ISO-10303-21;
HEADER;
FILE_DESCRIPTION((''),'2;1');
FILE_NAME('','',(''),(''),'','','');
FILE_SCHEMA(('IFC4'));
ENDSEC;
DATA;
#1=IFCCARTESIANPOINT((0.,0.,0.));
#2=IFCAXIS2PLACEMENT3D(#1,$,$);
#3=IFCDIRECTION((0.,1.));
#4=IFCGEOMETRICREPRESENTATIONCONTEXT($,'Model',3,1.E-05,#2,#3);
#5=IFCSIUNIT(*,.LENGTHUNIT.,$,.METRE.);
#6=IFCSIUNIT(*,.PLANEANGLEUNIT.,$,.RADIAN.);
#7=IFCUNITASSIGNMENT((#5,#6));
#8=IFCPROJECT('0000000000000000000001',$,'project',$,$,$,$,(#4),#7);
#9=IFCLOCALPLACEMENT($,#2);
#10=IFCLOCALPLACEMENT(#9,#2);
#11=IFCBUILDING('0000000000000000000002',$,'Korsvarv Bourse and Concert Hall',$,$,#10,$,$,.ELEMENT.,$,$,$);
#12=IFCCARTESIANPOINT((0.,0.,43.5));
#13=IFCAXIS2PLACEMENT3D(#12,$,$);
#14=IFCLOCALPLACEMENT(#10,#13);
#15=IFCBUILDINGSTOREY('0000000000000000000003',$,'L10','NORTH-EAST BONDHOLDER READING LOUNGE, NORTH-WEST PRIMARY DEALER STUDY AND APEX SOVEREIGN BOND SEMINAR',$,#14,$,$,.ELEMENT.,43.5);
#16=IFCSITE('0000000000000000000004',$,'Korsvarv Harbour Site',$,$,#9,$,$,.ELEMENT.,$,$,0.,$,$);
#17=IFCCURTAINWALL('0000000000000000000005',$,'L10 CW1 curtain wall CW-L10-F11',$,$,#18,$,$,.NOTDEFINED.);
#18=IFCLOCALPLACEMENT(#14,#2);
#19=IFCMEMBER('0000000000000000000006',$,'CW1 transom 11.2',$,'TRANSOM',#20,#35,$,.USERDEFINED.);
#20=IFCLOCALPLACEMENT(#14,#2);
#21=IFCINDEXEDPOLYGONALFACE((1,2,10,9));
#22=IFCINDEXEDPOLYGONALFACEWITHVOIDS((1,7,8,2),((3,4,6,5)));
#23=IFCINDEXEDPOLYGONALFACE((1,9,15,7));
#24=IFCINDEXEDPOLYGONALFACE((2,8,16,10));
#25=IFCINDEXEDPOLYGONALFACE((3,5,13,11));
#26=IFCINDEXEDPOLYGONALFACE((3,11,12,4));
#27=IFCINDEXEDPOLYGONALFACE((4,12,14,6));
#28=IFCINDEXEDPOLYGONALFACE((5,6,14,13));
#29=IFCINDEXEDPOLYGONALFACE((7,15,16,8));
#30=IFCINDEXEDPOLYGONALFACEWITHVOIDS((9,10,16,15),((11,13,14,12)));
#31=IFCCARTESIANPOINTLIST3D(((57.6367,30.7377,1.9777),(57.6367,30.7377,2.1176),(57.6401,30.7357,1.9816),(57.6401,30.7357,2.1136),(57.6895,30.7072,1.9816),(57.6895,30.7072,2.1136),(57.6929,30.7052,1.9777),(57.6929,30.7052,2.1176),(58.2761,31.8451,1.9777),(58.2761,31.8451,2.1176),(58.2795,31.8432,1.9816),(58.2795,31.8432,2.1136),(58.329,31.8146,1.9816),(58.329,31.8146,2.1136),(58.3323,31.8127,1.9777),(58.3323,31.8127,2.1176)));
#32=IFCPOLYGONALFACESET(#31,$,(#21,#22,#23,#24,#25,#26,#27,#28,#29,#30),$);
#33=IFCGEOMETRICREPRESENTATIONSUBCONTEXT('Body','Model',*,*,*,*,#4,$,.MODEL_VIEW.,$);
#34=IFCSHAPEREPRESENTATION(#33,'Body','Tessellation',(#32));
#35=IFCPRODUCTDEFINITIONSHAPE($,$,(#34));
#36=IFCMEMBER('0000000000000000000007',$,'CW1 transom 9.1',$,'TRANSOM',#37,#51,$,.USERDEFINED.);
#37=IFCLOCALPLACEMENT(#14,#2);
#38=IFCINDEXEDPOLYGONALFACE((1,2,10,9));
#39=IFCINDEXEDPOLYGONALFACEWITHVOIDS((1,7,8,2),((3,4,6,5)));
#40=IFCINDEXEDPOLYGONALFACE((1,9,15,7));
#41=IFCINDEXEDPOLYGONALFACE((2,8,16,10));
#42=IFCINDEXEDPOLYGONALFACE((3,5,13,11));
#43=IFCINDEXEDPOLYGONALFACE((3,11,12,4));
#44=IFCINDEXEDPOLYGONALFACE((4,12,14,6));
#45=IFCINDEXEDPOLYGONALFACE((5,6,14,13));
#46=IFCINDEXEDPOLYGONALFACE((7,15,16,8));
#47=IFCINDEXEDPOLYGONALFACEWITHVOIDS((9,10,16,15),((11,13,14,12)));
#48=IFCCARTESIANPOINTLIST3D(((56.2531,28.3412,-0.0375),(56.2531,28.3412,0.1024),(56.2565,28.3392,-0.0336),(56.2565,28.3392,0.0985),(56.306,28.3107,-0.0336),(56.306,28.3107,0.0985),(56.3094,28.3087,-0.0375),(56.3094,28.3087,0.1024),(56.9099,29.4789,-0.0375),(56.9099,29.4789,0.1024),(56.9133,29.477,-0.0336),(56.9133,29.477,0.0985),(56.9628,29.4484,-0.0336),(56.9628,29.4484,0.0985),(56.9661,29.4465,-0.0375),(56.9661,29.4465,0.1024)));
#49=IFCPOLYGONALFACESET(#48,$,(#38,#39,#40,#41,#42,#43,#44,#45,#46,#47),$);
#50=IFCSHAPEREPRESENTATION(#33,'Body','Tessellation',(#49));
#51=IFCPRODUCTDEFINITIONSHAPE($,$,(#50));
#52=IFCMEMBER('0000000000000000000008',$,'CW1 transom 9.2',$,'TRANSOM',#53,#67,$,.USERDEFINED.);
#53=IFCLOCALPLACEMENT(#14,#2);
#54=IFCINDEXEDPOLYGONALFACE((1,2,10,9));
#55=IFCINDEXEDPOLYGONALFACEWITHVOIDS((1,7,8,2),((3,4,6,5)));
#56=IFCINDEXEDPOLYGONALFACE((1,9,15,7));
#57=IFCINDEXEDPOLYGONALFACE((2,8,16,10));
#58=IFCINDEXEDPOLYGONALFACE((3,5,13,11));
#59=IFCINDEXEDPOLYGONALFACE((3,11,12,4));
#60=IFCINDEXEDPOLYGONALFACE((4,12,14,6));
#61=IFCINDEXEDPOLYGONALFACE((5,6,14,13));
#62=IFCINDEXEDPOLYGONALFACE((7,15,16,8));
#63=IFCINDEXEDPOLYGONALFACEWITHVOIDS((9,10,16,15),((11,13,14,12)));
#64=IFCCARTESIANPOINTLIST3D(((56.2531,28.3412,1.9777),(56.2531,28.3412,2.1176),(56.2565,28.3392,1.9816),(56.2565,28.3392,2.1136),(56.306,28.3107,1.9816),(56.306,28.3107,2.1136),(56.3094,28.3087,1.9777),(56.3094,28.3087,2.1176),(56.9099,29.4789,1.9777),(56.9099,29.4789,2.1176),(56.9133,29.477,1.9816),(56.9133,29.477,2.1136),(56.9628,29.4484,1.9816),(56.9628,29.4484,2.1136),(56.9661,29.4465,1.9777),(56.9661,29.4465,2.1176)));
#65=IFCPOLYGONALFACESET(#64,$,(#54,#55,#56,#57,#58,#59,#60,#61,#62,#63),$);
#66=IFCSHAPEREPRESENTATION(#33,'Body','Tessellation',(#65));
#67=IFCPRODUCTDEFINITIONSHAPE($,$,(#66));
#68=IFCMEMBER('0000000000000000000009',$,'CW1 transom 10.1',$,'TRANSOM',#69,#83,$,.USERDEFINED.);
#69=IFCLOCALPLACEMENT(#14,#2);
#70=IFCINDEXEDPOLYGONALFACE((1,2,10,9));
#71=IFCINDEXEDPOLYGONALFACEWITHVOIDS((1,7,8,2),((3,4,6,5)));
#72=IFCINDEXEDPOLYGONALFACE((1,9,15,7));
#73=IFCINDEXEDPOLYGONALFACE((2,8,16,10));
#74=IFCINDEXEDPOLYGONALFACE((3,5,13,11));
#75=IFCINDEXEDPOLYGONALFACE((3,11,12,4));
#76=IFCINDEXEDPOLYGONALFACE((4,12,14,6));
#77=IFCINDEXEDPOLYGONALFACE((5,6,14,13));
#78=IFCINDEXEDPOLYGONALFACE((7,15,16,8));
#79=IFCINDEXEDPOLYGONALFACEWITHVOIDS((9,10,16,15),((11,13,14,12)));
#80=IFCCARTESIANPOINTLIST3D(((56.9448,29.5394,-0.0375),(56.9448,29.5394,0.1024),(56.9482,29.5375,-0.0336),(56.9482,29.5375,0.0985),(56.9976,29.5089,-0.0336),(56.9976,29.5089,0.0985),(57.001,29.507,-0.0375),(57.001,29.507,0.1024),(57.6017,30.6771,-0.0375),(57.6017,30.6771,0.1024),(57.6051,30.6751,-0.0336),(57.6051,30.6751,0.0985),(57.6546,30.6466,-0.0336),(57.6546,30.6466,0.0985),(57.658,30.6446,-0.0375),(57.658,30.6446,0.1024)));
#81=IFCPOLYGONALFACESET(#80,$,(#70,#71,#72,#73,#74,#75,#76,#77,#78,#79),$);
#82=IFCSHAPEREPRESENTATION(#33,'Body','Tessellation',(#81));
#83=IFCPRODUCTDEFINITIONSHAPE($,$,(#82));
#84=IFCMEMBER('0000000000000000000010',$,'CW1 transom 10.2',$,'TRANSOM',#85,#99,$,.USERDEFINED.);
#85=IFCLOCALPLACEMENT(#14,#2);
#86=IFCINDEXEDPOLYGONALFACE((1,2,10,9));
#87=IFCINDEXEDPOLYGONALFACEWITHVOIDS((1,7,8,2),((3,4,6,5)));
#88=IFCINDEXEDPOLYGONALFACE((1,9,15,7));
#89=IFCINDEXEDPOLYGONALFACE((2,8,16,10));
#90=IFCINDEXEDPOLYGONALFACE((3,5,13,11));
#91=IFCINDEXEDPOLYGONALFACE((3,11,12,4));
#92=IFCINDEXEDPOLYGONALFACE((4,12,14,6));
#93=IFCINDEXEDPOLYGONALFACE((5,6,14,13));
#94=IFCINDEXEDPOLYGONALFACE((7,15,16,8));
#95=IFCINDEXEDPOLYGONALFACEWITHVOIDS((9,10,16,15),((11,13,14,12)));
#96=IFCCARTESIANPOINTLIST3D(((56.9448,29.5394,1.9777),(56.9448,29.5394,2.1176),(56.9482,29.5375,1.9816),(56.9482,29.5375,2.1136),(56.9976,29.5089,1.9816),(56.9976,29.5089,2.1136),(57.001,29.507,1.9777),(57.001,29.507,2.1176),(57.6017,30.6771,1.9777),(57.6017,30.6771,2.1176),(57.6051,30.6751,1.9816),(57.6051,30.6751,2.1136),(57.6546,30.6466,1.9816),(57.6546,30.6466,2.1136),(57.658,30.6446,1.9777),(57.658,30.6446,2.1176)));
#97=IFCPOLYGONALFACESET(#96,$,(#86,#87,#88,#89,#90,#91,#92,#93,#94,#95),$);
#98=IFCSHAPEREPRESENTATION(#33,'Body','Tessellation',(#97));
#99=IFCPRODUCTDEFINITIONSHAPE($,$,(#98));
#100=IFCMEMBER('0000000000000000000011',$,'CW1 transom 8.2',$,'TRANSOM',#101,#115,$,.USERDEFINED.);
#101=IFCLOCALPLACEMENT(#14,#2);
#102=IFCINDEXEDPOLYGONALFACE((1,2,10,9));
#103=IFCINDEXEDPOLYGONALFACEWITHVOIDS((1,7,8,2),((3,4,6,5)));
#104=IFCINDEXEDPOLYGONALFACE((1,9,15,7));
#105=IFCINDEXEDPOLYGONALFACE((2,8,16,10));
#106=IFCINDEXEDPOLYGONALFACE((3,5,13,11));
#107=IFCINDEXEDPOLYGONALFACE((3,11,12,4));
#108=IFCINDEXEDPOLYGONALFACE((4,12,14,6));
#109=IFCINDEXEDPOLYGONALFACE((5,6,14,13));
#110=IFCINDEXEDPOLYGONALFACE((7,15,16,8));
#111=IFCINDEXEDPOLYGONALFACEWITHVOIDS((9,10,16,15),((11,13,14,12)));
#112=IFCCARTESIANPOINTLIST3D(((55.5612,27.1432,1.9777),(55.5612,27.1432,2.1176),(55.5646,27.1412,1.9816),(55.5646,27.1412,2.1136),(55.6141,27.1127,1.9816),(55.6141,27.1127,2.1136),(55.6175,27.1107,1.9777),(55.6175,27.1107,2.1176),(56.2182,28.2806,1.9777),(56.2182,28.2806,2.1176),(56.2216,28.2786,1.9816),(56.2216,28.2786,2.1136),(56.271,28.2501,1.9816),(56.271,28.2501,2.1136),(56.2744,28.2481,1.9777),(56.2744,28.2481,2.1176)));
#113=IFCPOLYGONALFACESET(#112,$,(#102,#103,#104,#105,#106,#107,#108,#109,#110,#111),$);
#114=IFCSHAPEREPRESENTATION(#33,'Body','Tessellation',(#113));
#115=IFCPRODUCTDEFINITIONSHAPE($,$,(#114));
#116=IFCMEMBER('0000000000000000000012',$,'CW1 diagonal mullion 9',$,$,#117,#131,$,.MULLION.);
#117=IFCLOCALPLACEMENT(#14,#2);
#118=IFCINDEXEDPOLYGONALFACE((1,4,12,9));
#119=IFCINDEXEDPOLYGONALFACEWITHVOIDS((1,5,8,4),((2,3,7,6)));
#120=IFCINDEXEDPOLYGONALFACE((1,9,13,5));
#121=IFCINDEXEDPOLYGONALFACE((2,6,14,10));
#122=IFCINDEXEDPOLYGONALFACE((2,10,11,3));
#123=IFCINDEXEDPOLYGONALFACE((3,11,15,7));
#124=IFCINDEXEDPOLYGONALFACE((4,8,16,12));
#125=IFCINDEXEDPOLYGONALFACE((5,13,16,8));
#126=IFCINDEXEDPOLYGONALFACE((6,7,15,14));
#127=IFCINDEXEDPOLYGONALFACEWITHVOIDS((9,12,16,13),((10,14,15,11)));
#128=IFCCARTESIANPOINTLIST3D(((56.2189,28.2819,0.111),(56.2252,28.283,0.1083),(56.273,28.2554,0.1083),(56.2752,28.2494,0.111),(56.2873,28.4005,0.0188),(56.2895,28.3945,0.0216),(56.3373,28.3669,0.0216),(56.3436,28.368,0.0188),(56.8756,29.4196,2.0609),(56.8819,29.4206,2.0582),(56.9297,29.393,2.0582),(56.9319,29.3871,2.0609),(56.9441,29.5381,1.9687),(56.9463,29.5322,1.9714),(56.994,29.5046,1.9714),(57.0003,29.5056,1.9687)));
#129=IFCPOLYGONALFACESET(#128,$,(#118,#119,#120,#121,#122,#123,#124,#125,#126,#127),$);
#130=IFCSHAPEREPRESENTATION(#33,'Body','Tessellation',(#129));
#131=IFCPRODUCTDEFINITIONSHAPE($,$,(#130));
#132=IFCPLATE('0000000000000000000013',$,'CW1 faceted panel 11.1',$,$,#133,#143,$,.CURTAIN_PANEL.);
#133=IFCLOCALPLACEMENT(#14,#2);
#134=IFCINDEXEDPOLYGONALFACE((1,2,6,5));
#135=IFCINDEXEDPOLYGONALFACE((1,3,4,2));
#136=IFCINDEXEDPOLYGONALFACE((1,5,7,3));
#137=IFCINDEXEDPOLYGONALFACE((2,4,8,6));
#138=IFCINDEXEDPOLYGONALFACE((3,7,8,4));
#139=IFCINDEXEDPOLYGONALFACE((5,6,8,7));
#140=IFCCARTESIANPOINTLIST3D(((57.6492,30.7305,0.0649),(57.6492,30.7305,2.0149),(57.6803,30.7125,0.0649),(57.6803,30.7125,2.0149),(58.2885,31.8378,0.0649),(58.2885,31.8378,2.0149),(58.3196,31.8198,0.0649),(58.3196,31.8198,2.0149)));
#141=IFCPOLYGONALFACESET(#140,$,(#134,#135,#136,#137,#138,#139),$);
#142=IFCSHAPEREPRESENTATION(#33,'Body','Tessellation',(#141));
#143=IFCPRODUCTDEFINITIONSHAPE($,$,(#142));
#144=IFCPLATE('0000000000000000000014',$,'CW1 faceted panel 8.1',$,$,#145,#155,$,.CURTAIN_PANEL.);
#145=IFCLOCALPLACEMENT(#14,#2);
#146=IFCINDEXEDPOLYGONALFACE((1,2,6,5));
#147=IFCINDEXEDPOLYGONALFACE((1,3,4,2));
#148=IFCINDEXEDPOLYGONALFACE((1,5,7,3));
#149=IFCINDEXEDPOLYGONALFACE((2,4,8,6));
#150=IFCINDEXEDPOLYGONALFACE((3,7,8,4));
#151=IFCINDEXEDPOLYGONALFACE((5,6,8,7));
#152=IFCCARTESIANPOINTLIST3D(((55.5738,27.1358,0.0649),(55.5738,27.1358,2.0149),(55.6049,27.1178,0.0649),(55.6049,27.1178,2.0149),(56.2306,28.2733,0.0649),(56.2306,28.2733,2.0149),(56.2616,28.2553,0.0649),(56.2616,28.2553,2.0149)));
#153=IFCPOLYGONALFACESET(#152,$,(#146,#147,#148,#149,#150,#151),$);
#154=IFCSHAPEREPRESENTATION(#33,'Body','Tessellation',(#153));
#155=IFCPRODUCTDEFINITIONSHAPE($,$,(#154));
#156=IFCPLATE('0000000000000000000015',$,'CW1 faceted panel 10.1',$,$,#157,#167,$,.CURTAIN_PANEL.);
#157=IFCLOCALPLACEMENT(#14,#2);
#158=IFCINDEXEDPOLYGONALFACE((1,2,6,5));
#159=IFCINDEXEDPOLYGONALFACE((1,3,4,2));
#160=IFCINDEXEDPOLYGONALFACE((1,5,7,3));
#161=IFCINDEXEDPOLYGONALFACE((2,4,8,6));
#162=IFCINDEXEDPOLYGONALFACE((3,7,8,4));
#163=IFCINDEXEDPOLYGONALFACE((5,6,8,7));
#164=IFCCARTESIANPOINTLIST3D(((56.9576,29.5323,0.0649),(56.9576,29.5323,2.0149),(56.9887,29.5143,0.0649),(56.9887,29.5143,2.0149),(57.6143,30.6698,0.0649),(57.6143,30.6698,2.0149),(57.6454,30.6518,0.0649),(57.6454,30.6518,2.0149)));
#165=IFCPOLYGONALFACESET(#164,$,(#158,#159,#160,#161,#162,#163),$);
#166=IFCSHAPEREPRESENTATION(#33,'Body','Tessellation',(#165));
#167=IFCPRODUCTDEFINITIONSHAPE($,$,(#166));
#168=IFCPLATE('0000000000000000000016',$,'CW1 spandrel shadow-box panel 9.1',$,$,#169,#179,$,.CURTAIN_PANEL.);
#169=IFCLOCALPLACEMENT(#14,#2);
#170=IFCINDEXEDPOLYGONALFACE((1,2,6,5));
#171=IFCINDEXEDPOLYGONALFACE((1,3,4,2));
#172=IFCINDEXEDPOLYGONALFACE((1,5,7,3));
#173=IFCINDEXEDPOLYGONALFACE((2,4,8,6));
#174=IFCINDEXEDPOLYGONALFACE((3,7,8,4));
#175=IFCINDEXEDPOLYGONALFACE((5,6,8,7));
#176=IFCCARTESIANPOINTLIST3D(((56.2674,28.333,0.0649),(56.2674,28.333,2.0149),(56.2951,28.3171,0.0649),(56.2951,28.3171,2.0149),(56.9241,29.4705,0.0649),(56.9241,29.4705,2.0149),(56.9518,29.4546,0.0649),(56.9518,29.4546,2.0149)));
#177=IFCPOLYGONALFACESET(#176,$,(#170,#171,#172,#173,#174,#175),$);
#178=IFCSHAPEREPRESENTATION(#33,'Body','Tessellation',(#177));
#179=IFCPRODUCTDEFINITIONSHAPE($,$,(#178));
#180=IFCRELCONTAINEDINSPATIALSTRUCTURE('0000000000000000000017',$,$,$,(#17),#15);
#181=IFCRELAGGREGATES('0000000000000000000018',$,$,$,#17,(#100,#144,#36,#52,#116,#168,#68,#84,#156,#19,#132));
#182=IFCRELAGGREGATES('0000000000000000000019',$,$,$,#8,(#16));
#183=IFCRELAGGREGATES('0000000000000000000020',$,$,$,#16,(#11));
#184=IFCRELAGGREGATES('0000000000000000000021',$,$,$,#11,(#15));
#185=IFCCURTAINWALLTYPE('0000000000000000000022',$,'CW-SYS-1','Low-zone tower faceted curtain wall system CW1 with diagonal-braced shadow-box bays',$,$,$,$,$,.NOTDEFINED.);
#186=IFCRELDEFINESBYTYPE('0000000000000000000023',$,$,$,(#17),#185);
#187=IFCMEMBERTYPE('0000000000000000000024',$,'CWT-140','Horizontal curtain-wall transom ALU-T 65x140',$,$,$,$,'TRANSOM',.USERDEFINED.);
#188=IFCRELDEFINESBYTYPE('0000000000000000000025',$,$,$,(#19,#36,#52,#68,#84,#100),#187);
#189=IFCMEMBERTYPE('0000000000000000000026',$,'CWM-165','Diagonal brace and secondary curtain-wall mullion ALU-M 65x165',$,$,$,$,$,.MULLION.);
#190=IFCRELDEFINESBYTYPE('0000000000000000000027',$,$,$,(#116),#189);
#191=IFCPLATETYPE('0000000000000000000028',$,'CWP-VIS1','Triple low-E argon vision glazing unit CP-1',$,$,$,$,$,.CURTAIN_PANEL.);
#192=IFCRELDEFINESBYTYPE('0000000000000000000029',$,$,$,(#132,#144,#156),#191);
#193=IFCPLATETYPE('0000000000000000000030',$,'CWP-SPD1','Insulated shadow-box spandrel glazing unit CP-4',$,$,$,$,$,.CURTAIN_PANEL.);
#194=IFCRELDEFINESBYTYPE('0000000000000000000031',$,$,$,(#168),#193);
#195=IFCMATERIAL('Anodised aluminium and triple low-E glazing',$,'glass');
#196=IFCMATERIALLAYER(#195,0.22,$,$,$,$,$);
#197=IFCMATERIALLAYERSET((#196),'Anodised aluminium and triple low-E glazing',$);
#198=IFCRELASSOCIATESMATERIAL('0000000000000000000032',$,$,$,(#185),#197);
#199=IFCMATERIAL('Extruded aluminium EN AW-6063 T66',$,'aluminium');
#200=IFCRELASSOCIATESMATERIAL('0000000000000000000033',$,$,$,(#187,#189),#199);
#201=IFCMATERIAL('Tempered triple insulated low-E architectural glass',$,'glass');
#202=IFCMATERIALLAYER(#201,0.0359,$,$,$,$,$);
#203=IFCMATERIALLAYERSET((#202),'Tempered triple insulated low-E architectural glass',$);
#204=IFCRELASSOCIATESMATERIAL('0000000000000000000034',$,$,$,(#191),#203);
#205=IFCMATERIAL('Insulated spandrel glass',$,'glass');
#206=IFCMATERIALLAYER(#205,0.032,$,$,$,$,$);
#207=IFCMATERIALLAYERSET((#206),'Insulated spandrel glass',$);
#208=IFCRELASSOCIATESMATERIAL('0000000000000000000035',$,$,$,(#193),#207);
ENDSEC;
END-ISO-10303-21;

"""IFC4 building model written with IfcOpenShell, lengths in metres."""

from ifc_helpers import new_model, si_unit, direction, frame, origin, origin_2d, place, context, subcontext, project, spatial, rectangle, hollow_rectangle, extrude, source, transform, mapped, material, layer, layer_set, material_profile, profile_set, type_object, element, aggregate, save


model = new_model("IFC4")

# Units and contexts
model_context = context("Model", 3, precision=1e-05, world=origin(), true_north=direction((0.0, 1.0)))
body_context = subcontext(model_context, "Body", "Model", "MODEL_VIEW")
ifc_project = project(units=[si_unit("LENGTHUNIT", "METRE"), si_unit("PLANEANGLEUNIT", "RADIAN")], contexts=[model_context])

# Site, building, storey
site_placement = place(None, origin())
site = spatial("IfcSite", under=ifc_project, at=site_placement, Name="Korsvarv Harbour Site", CompositionType="ELEMENT", RefElevation=0.0)
building_placement = place(site_placement, origin())
building = spatial("IfcBuilding", under=site, at=building_placement, Name="Korsvarv Bourse and Concert Hall", CompositionType="ELEMENT")
storey_placement = place(building_placement, frame((0.0, 0.0, 43.5)))
storey = spatial("IfcBuildingStorey", under=building, at=storey_placement, Name="L10", Description="NORTH-EAST BONDHOLDER READING LOUNGE, NORTH-WEST PRIMARY DEALER STUDY AND APEX SOVEREIGN BOND SEMINAR", CompositionType="ELEMENT", Elevation=43.5)

# Curtain wall, members, plates
ifc_material_1 = material(Name="Anodised aluminium and triple low-E glazing", Category="glass")
ifc_layer_1 = layer(ifc_material_1, 0.22)
ifc_layer_set_1 = layer_set([ifc_layer_1], Name="Anodised aluminium and triple low-E glazing")
curtain_wall_type = type_object("IfcCurtainWallType", Name="CW-SYS-1", Description="Low-zone tower faceted curtain wall system CW1 with diagonal-braced shadow-box bays", PredefinedType="NOTDEFINED", material=ifc_layer_set_1)
curtain_wall_placement = place(storey_placement, origin())
curtain_wall = element("IfcCurtainWall", 1, at=curtain_wall_placement, inside=storey, type_object=curtain_wall_type, Name="L10 CW1 curtain wall CW-L10-F11", PredefinedType="NOTDEFINED")
ifc_material_2 = material(Name="Extruded aluminium EN AW-6063 T66", Category="aluminium")
ifc_material_profile_1 = material_profile(ifc_material_2, hollow_rectangle(XDim=0.0649, YDim=0.1399, WallThickness=0.0039, at=origin_2d()), Name="ALU-T 65x140")
ifc_profile_set_1 = profile_set([ifc_material_profile_1], Name="Extruded aluminium EN AW-6063 T66")
member_type_1 = type_object("IfcMemberType", Name="CWT-140", Description="Horizontal curtain-wall transom ALU-T 65x140", ElementType="TRANSOM", PredefinedType="USERDEFINED", material=ifc_profile_set_1)
shared_shape_1 = source(origin(), body_context, "Body", "SweptSolid", [
    extrude(hollow_rectangle(XDim=0.0649, YDim=0.1399, WallThickness=0.0039, at=origin_2d()), origin(), (0.0, 0.0, 1.0), 1.2788),
])
member_1_placement = place(storey_placement, frame((57.6648, 30.7214, 2.0476), z_axis=(0.50002, 0.866014, 0.0), x_axis=(-0.866014, 0.50002, 0.0)))
member_1 = element("IfcMember", 2, at=member_1_placement, type_object=member_type_1, Name="CW1 transom 11.2", ObjectType="TRANSOM", PredefinedType="USERDEFINED", context=body_context, shape_type="MappedRepresentation", body=[
    mapped(shared_shape_1, transform((0.0, 0.0, 0.0), scale=1.0)),
])
shared_shape_2 = source(origin(), body_context, "Body", "SweptSolid", [
    extrude(hollow_rectangle(XDim=0.0649, YDim=0.1399, WallThickness=0.0039, at=origin_2d()), origin(), (0.0, 0.0, 1.0), 1.3137),
])
member_2_placement = place(storey_placement, frame((56.2812, 28.325, 0.0325), z_axis=(0.499937, 0.866062, 0.0), x_axis=(-0.866062, 0.499937, 0.0)))
member_2 = element("IfcMember", 3, at=member_2_placement, type_object=member_type_1, Name="CW1 transom 9.1", ObjectType="TRANSOM", PredefinedType="USERDEFINED", context=body_context, shape_type="MappedRepresentation", body=[
    mapped(shared_shape_2, transform((0.0, 0.0, 0.0), scale=1.0)),
])
member_3_placement = place(storey_placement, frame((56.2812, 28.325, 2.0476), z_axis=(0.499937, 0.866062, 0.0), x_axis=(-0.866062, 0.499937, 0.0)))
member_3 = element("IfcMember", 4, at=member_3_placement, type_object=member_type_1, Name="CW1 transom 9.2", ObjectType="TRANSOM", PredefinedType="USERDEFINED", context=body_context, shape_type="MappedRepresentation", body=[
    mapped(shared_shape_2, transform((0.0, 0.0, 0.0), scale=1.0)),
])
member_4_placement = place(storey_placement, frame((56.9729, 29.5232, 0.0325), z_axis=(0.500076, 0.865981, 0.0), x_axis=(-0.865981, 0.500076, 0.0)))
member_4 = element("IfcMember", 5, at=member_4_placement, type_object=member_type_1, Name="CW1 transom 10.1", ObjectType="TRANSOM", PredefinedType="USERDEFINED", context=body_context, shape_type="MappedRepresentation", body=[
    mapped(shared_shape_2, transform((0.0, 0.0, 0.0), scale=1.0)),
])
member_5_placement = place(storey_placement, frame((56.9729, 29.5232, 2.0476), z_axis=(0.500076, 0.865981, 0.0), x_axis=(-0.865981, 0.500076, 0.0)))
member_5 = element("IfcMember", 6, at=member_5_placement, type_object=member_type_1, Name="CW1 transom 10.2", ObjectType="TRANSOM", PredefinedType="USERDEFINED", context=body_context, shape_type="MappedRepresentation", body=[
    mapped(shared_shape_2, transform((0.0, 0.0, 0.0), scale=1.0)),
])
shared_shape_3 = source(origin(), body_context, "Body", "SweptSolid", [
    extrude(hollow_rectangle(XDim=0.0649, YDim=0.1399, WallThickness=0.0039, at=origin_2d()), origin(), (0.0, 0.0, 1.0), 1.3135),
])
member_6_placement = place(storey_placement, frame((55.5894, 27.127, 2.0476), z_axis=(0.500157, 0.865935, 0.0), x_axis=(-0.865935, 0.500157, 0.0)))
member_6 = element("IfcMember", 7, at=member_6_placement, type_object=member_type_1, Name="CW1 transom 8.2", ObjectType="TRANSOM", PredefinedType="USERDEFINED", context=body_context, shape_type="MappedRepresentation", body=[
    mapped(shared_shape_3, transform((0.0, 0.0, 0.0), scale=1.0)),
])
ifc_material_profile_2 = material_profile(ifc_material_2, hollow_rectangle(XDim=0.0649, YDim=0.165, WallThickness=0.0049, at=origin_2d()), Name="ALU-M 65x165")
ifc_profile_set_2 = profile_set([ifc_material_profile_2], Name="Extruded aluminium EN AW-6063 T66")
member_type_2 = type_object("IfcMemberType", Name="CWM-165", Description="Diagonal brace and secondary curtain-wall mullion ALU-M 65x165", PredefinedType="MULLION", material=ifc_profile_set_2)
shared_shape_4 = source(origin(), body_context, "Body", "SweptSolid", [
    extrude(hollow_rectangle(XDim=0.0649, YDim=0.165, WallThickness=0.0049, at=origin_2d()), origin(), (0.0, 0.0, 1.0), 2.3511),
])
member_7_placement = place(storey_placement, frame((56.2812, 28.325, 0.0649), z_axis=(0.279325, 0.483886, 0.829356), x_axis=(-0.866062, 0.499937, 0.0)))
member_7 = element("IfcMember", 8, at=member_7_placement, type_object=member_type_2, Name="CW1 diagonal mullion 9", PredefinedType="MULLION", context=body_context, shape_type="MappedRepresentation", body=[
    mapped(shared_shape_4, transform((0.0, 0.0, 0.0), scale=1.0)),
])
ifc_material_3 = material(Name="Tempered triple insulated low-E architectural glass", Category="glass")
ifc_layer_2 = layer(ifc_material_3, 0.0359)
ifc_layer_set_2 = layer_set([ifc_layer_2], Name="Tempered triple insulated low-E architectural glass")
plate_type_1 = type_object("IfcPlateType", Name="CWP-VIS1", Description="Triple low-E argon vision glazing unit CP-1", PredefinedType="CURTAIN_PANEL", material=ifc_layer_set_2)
shared_shape_5 = source(origin(), body_context, "Body", "SweptSolid", [
    extrude(rectangle(XDim=1.2786, YDim=0.0359, at=origin_2d()), origin(), (0.0, 0.0, 1.0), 1.95),
])
plate_1_placement = place(storey_placement, frame((57.9844, 31.2751, 0.0649), z_axis=(0.0, 0.0, 1.0), x_axis=(0.5, 0.866026, 0.0)))
plate_1 = element("IfcPlate", 9, at=plate_1_placement, type_object=plate_type_1, Name="CW1 faceted panel 11.1", PredefinedType="CURTAIN_PANEL", context=body_context, shape_type="MappedRepresentation", body=[
    mapped(shared_shape_5, transform((0.0, 0.0, 0.0), scale=1.0)),
])
shared_shape_6 = source(origin(), body_context, "Body", "SweptSolid", [
    extrude(rectangle(XDim=1.3135, YDim=0.0359, at=origin_2d()), origin(), (0.0, 0.0, 1.0), 1.95),
])
plate_2_placement = place(storey_placement, frame((55.9177, 27.6956, 0.0649), z_axis=(0.0, 0.0, 1.0), x_axis=(0.5, 0.866026, 0.0)))
plate_2 = element("IfcPlate", 10, at=plate_2_placement, type_object=plate_type_1, Name="CW1 faceted panel 8.1", PredefinedType="CURTAIN_PANEL", context=body_context, shape_type="MappedRepresentation", body=[
    mapped(shared_shape_6, transform((0.0, 0.0, 0.0), scale=1.0)),
])
plate_3_placement = place(storey_placement, frame((57.3015, 30.092, 0.0649), z_axis=(0.0, 0.0, 1.0), x_axis=(0.5, 0.866026, 0.0)))
plate_3 = element("IfcPlate", 11, at=plate_3_placement, type_object=plate_type_1, Name="CW1 faceted panel 10.1", PredefinedType="CURTAIN_PANEL", context=body_context, shape_type="MappedRepresentation", body=[
    mapped(shared_shape_6, transform((0.0, 0.0, 0.0), scale=1.0)),
])
ifc_material_4 = material(Name="Insulated spandrel glass", Category="glass")
ifc_layer_3 = layer(ifc_material_4, 0.032)
ifc_layer_set_3 = layer_set([ifc_layer_3], Name="Insulated spandrel glass")
plate_type_2 = type_object("IfcPlateType", Name="CWP-SPD1", Description="Insulated shadow-box spandrel glazing unit CP-4", PredefinedType="CURTAIN_PANEL", material=ifc_layer_set_3)
shared_shape_7 = source(origin(), body_context, "Body", "SweptSolid", [
    extrude(rectangle(XDim=1.3135, YDim=0.032, at=origin_2d()), origin(), (0.0, 0.0, 1.0), 1.95),
])
plate_4_placement = place(storey_placement, frame((56.6096, 28.8938, 0.0649), z_axis=(0.0, 0.0, 1.0), x_axis=(0.5, 0.866026, 0.0)))
plate_4 = element("IfcPlate", 12, at=plate_4_placement, type_object=plate_type_2, Name="CW1 spandrel shadow-box panel 9.1", PredefinedType="CURTAIN_PANEL", context=body_context, shape_type="MappedRepresentation", body=[
    mapped(shared_shape_7, transform((0.0, 0.0, 0.0), scale=1.0)),
])
aggregate(curtain_wall, [member_6, plate_2, member_2, member_3, member_7, plate_4, member_4, member_5, plate_3, member_1, plate_1])

save(model, "model.ifc")
